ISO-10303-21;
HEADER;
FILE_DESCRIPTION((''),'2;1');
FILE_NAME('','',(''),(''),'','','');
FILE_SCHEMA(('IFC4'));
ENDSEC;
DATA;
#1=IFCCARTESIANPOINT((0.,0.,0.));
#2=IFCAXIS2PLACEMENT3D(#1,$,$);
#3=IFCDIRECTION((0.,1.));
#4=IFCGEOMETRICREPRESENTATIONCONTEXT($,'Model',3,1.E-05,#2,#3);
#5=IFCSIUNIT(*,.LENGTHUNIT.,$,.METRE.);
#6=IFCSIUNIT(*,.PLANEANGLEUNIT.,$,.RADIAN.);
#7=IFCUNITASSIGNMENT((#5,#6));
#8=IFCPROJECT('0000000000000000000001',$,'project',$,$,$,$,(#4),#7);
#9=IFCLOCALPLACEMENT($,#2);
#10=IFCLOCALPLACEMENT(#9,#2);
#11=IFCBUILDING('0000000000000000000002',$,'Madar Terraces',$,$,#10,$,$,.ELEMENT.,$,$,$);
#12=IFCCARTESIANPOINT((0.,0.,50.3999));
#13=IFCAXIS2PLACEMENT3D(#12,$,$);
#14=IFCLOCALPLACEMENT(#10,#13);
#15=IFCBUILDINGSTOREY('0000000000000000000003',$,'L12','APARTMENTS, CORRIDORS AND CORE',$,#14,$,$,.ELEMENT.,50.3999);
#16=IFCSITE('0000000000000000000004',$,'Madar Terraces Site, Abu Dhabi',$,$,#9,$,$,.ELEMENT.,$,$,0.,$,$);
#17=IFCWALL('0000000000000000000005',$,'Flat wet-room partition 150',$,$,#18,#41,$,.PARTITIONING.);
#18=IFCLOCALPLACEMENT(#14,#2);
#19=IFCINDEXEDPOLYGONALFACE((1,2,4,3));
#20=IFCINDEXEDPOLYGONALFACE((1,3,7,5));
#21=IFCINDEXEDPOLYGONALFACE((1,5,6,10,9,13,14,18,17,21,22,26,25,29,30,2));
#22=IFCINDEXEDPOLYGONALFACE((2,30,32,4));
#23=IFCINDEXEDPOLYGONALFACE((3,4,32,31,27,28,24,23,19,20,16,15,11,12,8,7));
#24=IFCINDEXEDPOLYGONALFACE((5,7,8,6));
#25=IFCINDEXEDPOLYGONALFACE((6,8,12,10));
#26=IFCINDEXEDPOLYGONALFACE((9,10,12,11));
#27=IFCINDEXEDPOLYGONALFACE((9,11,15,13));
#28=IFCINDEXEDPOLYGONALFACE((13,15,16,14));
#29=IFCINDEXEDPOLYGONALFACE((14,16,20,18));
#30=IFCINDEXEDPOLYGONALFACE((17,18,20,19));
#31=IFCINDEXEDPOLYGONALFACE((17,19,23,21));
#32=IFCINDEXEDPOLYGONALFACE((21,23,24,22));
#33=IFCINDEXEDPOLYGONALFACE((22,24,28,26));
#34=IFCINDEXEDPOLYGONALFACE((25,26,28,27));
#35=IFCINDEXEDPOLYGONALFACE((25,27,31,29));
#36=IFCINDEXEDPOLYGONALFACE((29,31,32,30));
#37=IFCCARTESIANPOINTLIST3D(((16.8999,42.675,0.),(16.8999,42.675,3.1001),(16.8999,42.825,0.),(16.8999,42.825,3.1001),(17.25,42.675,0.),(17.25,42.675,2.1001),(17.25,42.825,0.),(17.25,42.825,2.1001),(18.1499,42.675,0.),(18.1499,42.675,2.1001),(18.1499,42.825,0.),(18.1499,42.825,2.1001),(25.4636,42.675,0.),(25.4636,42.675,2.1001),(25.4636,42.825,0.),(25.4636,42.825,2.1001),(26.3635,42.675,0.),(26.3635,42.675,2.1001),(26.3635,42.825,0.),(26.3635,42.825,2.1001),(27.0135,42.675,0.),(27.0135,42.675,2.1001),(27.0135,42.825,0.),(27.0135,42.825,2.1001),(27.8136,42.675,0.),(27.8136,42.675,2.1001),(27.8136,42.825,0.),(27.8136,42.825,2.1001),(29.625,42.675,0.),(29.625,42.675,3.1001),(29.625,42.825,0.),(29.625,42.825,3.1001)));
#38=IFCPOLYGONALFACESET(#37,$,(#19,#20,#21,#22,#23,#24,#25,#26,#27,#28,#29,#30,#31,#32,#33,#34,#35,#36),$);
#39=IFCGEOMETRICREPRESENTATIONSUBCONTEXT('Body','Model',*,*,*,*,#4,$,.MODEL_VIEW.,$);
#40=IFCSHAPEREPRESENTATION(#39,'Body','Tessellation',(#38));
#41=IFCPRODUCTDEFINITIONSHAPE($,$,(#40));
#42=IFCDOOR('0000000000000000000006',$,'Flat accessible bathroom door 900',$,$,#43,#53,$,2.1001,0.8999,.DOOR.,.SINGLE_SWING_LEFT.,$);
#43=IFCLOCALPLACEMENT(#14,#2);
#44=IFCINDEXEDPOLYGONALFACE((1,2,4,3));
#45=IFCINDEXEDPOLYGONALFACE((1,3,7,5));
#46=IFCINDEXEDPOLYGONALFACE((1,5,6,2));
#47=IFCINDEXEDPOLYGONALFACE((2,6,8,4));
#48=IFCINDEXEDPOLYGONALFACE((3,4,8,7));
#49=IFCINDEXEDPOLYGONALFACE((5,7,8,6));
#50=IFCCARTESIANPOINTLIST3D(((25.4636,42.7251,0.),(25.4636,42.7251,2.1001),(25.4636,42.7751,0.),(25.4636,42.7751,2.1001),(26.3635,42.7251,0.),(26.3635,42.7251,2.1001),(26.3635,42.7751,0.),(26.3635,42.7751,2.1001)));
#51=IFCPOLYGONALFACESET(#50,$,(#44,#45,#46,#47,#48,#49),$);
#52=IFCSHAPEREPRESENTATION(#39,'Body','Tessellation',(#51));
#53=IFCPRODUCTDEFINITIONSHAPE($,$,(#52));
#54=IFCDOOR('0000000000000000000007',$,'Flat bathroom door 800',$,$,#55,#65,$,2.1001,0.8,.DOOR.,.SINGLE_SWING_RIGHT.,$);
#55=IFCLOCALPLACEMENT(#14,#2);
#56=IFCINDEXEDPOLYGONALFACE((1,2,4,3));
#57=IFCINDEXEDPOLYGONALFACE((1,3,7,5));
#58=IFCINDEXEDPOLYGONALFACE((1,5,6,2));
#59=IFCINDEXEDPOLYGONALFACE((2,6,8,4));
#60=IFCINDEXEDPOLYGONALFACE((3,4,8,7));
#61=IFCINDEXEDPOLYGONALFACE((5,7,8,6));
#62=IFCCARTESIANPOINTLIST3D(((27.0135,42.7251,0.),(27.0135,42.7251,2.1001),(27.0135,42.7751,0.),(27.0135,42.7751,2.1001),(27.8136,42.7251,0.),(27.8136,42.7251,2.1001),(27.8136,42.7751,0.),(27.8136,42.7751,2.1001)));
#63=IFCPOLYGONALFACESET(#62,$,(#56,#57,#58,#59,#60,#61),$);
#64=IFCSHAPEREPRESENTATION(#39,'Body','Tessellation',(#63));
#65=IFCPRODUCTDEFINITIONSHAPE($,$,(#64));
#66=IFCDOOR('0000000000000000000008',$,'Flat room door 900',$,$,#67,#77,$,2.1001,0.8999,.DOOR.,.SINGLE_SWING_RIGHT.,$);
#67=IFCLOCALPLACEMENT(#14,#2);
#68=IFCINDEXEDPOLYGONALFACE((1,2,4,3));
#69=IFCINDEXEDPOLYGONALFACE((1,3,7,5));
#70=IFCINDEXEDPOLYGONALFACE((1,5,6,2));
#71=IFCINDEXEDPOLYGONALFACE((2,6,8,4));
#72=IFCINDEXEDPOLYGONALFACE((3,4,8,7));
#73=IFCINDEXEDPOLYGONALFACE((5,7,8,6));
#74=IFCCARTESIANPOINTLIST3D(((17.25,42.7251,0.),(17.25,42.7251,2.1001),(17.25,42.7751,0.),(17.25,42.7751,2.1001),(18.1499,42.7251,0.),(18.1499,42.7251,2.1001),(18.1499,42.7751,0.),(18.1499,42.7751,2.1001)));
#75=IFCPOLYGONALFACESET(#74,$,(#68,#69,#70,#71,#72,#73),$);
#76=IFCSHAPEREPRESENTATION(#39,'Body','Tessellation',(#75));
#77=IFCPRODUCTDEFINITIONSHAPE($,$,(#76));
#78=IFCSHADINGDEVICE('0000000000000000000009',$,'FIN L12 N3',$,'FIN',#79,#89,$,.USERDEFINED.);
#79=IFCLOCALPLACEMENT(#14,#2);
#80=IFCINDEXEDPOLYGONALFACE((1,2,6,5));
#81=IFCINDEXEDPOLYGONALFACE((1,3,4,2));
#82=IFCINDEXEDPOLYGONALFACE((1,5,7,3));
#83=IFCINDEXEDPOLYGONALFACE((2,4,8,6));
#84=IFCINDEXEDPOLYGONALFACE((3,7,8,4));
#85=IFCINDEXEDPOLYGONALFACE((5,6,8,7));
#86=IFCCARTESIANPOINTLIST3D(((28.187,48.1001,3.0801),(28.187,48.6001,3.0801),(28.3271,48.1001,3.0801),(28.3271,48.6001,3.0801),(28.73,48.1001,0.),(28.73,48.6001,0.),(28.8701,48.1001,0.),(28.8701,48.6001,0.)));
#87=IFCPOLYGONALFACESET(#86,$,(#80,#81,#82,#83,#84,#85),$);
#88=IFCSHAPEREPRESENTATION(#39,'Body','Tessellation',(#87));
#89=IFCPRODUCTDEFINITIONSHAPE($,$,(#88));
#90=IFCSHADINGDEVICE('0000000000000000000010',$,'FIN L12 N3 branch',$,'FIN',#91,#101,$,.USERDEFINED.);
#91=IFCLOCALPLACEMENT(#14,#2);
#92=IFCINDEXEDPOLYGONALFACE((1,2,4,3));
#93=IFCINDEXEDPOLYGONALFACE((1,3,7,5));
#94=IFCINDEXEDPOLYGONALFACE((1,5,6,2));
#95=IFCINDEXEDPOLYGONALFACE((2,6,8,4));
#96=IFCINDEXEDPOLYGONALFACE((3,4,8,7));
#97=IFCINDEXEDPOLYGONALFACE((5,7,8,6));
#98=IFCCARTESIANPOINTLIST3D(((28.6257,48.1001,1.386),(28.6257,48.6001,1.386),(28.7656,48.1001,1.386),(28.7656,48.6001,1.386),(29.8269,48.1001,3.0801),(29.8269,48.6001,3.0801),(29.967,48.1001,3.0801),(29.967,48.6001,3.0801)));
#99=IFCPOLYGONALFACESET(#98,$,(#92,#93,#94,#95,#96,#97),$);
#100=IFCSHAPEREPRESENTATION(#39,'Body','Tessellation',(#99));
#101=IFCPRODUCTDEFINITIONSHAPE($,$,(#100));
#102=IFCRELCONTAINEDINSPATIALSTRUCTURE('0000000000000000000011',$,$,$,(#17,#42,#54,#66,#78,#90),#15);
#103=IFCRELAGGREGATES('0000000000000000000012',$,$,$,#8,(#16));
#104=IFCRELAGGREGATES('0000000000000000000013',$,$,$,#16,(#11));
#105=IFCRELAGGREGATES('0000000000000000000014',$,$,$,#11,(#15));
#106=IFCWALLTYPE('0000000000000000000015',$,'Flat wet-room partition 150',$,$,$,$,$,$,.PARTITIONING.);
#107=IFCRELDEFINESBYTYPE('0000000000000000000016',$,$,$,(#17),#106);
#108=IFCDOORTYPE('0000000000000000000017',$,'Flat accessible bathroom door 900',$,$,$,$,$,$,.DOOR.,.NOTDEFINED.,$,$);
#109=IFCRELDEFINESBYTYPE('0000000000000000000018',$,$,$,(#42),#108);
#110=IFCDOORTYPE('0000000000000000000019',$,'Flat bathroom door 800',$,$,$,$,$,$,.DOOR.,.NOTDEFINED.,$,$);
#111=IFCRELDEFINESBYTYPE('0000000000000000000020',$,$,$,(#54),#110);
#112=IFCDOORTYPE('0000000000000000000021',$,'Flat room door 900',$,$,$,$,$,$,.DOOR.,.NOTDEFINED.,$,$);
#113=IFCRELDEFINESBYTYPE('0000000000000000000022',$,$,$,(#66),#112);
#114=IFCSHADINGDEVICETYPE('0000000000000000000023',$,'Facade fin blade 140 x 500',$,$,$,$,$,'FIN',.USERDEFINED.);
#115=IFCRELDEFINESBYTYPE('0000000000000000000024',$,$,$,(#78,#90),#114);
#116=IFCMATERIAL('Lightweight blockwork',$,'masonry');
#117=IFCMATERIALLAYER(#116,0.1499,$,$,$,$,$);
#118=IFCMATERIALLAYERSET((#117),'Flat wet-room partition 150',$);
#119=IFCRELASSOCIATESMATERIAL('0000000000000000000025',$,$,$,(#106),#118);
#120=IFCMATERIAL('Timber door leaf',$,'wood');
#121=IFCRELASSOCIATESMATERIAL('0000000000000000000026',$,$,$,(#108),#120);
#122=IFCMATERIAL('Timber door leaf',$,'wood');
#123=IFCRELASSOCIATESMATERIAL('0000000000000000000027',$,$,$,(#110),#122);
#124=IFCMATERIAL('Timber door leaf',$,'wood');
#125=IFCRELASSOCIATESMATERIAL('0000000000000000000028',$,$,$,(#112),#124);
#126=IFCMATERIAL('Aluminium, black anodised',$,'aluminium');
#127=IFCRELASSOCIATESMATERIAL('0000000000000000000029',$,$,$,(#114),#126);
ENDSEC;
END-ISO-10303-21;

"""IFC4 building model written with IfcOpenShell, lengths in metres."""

from ifc_helpers import new_model, si_unit, direction, frame, frame_2d, origin, place, context, subcontext, project, spatial, polyline, rectangle, outline, extrude, material, layer, layer_set, type_object, element, fill, save


model = new_model("IFC4")

# Units and contexts
model_context = context("Model", 3, precision=1e-05, world=origin(), true_north=direction((0.0, 1.0)))
body_context = subcontext(model_context, "Body", "Model", "MODEL_VIEW")
ifc_project = project(units=[si_unit("LENGTHUNIT", "METRE"), si_unit("PLANEANGLEUNIT", "RADIAN")], contexts=[model_context])

# Site, building, storey
site_placement = place(None, origin())
site = spatial("IfcSite", under=ifc_project, at=site_placement, Name="Madar Terraces Site, Abu Dhabi", CompositionType="ELEMENT", RefElevation=0.0)
building_placement = place(site_placement, origin())
building = spatial("IfcBuilding", under=site, at=building_placement, Name="Madar Terraces", CompositionType="ELEMENT")
storey_placement = place(building_placement, frame((0.0, 0.0, 50.3999)))
storey = spatial("IfcBuildingStorey", under=building, at=storey_placement, Name="L12", Description="APARTMENTS, CORRIDORS AND CORE", CompositionType="ELEMENT", Elevation=50.3999)

# Shared definitions
ifc_material_1 = material(Name="Lightweight blockwork", Category="masonry")
ifc_layer_1 = layer(ifc_material_1, 0.1499)
ifc_layer_set_1 = layer_set([ifc_layer_1], Name="Flat wet-room partition 150")
wall_type_1 = type_object("IfcWallType", Name="Flat wet-room partition 150", PredefinedType="PARTITIONING", material=ifc_layer_set_1)

# Wall, openings, doors
wall_1_placement = place(storey_placement, frame((29.625, 42.75, 0.0), z_axis=(0.0, 0.0, 1.0), x_axis=(-1.0, 0.0, 0.0)))
wall_1 = element("IfcWall", 1, at=wall_1_placement, inside=storey, type_object=wall_type_1, Name="Flat wet-room partition 150", PredefinedType="PARTITIONING", context=body_context, shape_type="SweptSolid", body=[
    extrude(rectangle(XDim=12.7251, YDim=0.1499, at=frame_2d((6.3625, 0.0))), origin(), (0.0, 0.0, 1.0), 3.1001),
])
opening_1_placement = place(wall_1_placement, frame((1.8115, 0.0, 0.0)))
opening_1 = element("IfcOpeningElement", 2, at=opening_1_placement, cuts=wall_1, PredefinedType="OPENING", context=body_context, shape_type="SweptSolid", body=[
    extrude(rectangle(XDim=0.8, YDim=2.1001, at=frame_2d((0.3999, 1.05))), frame((0.0, 0.085, 0.0), z_axis=(0.0, -1.0, 0.0), x_axis=(1.0, 0.0, 0.0)), (0.0, 0.0, 1.0), 0.1699),
])
opening_2_placement = place(wall_1_placement, frame((3.2615, 0.0, 0.0)))
opening_2 = element("IfcOpeningElement", 3, at=opening_2_placement, cuts=wall_1, PredefinedType="OPENING", context=body_context, shape_type="SweptSolid", body=[
    extrude(rectangle(XDim=0.8999, YDim=2.1001, at=frame_2d((0.45, 1.05))), frame((0.0, 0.085, 0.0), z_axis=(0.0, -1.0, 0.0), x_axis=(1.0, 0.0, 0.0)), (0.0, 0.0, 1.0), 0.1699),
])
opening_3_placement = place(wall_1_placement, frame((11.4751, 0.0, 0.0)))
opening_3 = element("IfcOpeningElement", 4, at=opening_3_placement, cuts=wall_1, PredefinedType="OPENING", context=body_context, shape_type="SweptSolid", body=[
    extrude(rectangle(XDim=0.8999, YDim=2.1001, at=frame_2d((0.45, 1.05))), frame((0.0, 0.085, 0.0), z_axis=(0.0, -1.0, 0.0), x_axis=(1.0, 0.0, 0.0)), (0.0, 0.0, 1.0), 0.1699),
])
ifc_material_2 = material(Name="Timber door leaf", Category="wood")
door_type_1 = type_object("IfcDoorType", Name="Flat accessible bathroom door 900", OperationType="NOTDEFINED", PredefinedType="DOOR", material=ifc_material_2)
door_1_placement = place(opening_2_placement, origin())
door_1 = element("IfcDoor", 5, at=door_1_placement, inside=storey, type_object=door_type_1, Name="Flat accessible bathroom door 900", OperationType="SINGLE_SWING_LEFT", OverallHeight=2.1001, OverallWidth=0.8999, PredefinedType="DOOR", context=body_context, shape_type="SweptSolid", body=[
    extrude(rectangle(XDim=0.8999, YDim=2.1001, at=frame_2d((0.45, 1.05))), frame((0.0, 0.0249, 0.0), z_axis=(0.0, -1.0, 0.0), x_axis=(1.0, 0.0, 0.0)), (0.0, 0.0, 1.0), 0.05),
])
fill(opening_2, door_1)
ifc_material_3 = material(Name="Timber door leaf", Category="wood")
door_type_2 = type_object("IfcDoorType", Name="Flat bathroom door 800", OperationType="NOTDEFINED", PredefinedType="DOOR", material=ifc_material_3)
door_2_placement = place(opening_1_placement, origin())
door_2 = element("IfcDoor", 6, at=door_2_placement, inside=storey, type_object=door_type_2, Name="Flat bathroom door 800", OperationType="SINGLE_SWING_RIGHT", OverallHeight=2.1001, OverallWidth=0.8, PredefinedType="DOOR", context=body_context, shape_type="SweptSolid", body=[
    extrude(rectangle(XDim=0.8, YDim=2.1001, at=frame_2d((0.3999, 1.05))), frame((0.0, 0.0249, 0.0), z_axis=(0.0, -1.0, 0.0), x_axis=(1.0, 0.0, 0.0)), (0.0, 0.0, 1.0), 0.05),
])
fill(opening_1, door_2)
ifc_material_4 = material(Name="Timber door leaf", Category="wood")
door_type_3 = type_object("IfcDoorType", Name="Flat room door 900", OperationType="NOTDEFINED", PredefinedType="DOOR", material=ifc_material_4)
door_3_placement = place(opening_3_placement, origin())
door_3 = element("IfcDoor", 7, at=door_3_placement, inside=storey, type_object=door_type_3, Name="Flat room door 900", OperationType="SINGLE_SWING_RIGHT", OverallHeight=2.1001, OverallWidth=0.8999, PredefinedType="DOOR", context=body_context, shape_type="SweptSolid", body=[
    extrude(rectangle(XDim=0.8999, YDim=2.1001, at=frame_2d((0.45, 1.05))), frame((0.0, 0.0249, 0.0), z_axis=(0.0, -1.0, 0.0), x_axis=(1.0, 0.0, 0.0)), (0.0, 0.0, 1.0), 0.05),
])
fill(opening_3, door_3)

# Shading devices
ifc_material_5 = material(Name="Aluminium, black anodised", Category="aluminium")
shading_device_type = type_object("IfcShadingDeviceType", Name="Facade fin blade 140 x 500", ElementType="FIN", PredefinedType="USERDEFINED", material=ifc_material_5)
shading_device_1_placement = place(storey_placement, frame((28.8701, 48.3501, 0.0), z_axis=(0.0, 0.0, 1.0), x_axis=(-1.0, 0.0, 0.0)))
element("IfcShadingDevice", 8, at=shading_device_1_placement, inside=storey, type_object=shading_device_type, Name="FIN L12 N3", ObjectType="FIN", PredefinedType="USERDEFINED", context=body_context, shape_type="SweptSolid", body=[
    extrude(outline(polyline([(0.0, 0.0), (0.1401, 0.0), (0.6831, 3.0801), (0.543, 3.0801), (0.0, 0.0)])), frame((0.0, 0.25, 0.0), z_axis=(0.0, -1.0, 0.0), x_axis=(1.0, 0.0, 0.0)), (0.0, 0.0, 1.0), 0.5),
])
shading_device_2_placement = place(storey_placement, frame((28.7656, 48.3501, 1.386), z_axis=(0.0, 0.0, 1.0), x_axis=(-1.0, 0.0, 0.0)))
element("IfcShadingDevice", 9, at=shading_device_2_placement, inside=storey, type_object=shading_device_type, Name="FIN L12 N3 branch", ObjectType="FIN", PredefinedType="USERDEFINED", context=body_context, shape_type="SweptSolid", body=[
    extrude(outline(polyline([(0.0, 0.0), (0.1399, 0.0), (-1.0613, 1.6941), (-1.2014, 1.6941), (0.0, 0.0)])), frame((0.0, 0.25, 0.0), z_axis=(0.0, -1.0, 0.0), x_axis=(1.0, 0.0, 0.0)), (0.0, 0.0, 1.0), 0.5),
])

save(model, "model.ifc")
